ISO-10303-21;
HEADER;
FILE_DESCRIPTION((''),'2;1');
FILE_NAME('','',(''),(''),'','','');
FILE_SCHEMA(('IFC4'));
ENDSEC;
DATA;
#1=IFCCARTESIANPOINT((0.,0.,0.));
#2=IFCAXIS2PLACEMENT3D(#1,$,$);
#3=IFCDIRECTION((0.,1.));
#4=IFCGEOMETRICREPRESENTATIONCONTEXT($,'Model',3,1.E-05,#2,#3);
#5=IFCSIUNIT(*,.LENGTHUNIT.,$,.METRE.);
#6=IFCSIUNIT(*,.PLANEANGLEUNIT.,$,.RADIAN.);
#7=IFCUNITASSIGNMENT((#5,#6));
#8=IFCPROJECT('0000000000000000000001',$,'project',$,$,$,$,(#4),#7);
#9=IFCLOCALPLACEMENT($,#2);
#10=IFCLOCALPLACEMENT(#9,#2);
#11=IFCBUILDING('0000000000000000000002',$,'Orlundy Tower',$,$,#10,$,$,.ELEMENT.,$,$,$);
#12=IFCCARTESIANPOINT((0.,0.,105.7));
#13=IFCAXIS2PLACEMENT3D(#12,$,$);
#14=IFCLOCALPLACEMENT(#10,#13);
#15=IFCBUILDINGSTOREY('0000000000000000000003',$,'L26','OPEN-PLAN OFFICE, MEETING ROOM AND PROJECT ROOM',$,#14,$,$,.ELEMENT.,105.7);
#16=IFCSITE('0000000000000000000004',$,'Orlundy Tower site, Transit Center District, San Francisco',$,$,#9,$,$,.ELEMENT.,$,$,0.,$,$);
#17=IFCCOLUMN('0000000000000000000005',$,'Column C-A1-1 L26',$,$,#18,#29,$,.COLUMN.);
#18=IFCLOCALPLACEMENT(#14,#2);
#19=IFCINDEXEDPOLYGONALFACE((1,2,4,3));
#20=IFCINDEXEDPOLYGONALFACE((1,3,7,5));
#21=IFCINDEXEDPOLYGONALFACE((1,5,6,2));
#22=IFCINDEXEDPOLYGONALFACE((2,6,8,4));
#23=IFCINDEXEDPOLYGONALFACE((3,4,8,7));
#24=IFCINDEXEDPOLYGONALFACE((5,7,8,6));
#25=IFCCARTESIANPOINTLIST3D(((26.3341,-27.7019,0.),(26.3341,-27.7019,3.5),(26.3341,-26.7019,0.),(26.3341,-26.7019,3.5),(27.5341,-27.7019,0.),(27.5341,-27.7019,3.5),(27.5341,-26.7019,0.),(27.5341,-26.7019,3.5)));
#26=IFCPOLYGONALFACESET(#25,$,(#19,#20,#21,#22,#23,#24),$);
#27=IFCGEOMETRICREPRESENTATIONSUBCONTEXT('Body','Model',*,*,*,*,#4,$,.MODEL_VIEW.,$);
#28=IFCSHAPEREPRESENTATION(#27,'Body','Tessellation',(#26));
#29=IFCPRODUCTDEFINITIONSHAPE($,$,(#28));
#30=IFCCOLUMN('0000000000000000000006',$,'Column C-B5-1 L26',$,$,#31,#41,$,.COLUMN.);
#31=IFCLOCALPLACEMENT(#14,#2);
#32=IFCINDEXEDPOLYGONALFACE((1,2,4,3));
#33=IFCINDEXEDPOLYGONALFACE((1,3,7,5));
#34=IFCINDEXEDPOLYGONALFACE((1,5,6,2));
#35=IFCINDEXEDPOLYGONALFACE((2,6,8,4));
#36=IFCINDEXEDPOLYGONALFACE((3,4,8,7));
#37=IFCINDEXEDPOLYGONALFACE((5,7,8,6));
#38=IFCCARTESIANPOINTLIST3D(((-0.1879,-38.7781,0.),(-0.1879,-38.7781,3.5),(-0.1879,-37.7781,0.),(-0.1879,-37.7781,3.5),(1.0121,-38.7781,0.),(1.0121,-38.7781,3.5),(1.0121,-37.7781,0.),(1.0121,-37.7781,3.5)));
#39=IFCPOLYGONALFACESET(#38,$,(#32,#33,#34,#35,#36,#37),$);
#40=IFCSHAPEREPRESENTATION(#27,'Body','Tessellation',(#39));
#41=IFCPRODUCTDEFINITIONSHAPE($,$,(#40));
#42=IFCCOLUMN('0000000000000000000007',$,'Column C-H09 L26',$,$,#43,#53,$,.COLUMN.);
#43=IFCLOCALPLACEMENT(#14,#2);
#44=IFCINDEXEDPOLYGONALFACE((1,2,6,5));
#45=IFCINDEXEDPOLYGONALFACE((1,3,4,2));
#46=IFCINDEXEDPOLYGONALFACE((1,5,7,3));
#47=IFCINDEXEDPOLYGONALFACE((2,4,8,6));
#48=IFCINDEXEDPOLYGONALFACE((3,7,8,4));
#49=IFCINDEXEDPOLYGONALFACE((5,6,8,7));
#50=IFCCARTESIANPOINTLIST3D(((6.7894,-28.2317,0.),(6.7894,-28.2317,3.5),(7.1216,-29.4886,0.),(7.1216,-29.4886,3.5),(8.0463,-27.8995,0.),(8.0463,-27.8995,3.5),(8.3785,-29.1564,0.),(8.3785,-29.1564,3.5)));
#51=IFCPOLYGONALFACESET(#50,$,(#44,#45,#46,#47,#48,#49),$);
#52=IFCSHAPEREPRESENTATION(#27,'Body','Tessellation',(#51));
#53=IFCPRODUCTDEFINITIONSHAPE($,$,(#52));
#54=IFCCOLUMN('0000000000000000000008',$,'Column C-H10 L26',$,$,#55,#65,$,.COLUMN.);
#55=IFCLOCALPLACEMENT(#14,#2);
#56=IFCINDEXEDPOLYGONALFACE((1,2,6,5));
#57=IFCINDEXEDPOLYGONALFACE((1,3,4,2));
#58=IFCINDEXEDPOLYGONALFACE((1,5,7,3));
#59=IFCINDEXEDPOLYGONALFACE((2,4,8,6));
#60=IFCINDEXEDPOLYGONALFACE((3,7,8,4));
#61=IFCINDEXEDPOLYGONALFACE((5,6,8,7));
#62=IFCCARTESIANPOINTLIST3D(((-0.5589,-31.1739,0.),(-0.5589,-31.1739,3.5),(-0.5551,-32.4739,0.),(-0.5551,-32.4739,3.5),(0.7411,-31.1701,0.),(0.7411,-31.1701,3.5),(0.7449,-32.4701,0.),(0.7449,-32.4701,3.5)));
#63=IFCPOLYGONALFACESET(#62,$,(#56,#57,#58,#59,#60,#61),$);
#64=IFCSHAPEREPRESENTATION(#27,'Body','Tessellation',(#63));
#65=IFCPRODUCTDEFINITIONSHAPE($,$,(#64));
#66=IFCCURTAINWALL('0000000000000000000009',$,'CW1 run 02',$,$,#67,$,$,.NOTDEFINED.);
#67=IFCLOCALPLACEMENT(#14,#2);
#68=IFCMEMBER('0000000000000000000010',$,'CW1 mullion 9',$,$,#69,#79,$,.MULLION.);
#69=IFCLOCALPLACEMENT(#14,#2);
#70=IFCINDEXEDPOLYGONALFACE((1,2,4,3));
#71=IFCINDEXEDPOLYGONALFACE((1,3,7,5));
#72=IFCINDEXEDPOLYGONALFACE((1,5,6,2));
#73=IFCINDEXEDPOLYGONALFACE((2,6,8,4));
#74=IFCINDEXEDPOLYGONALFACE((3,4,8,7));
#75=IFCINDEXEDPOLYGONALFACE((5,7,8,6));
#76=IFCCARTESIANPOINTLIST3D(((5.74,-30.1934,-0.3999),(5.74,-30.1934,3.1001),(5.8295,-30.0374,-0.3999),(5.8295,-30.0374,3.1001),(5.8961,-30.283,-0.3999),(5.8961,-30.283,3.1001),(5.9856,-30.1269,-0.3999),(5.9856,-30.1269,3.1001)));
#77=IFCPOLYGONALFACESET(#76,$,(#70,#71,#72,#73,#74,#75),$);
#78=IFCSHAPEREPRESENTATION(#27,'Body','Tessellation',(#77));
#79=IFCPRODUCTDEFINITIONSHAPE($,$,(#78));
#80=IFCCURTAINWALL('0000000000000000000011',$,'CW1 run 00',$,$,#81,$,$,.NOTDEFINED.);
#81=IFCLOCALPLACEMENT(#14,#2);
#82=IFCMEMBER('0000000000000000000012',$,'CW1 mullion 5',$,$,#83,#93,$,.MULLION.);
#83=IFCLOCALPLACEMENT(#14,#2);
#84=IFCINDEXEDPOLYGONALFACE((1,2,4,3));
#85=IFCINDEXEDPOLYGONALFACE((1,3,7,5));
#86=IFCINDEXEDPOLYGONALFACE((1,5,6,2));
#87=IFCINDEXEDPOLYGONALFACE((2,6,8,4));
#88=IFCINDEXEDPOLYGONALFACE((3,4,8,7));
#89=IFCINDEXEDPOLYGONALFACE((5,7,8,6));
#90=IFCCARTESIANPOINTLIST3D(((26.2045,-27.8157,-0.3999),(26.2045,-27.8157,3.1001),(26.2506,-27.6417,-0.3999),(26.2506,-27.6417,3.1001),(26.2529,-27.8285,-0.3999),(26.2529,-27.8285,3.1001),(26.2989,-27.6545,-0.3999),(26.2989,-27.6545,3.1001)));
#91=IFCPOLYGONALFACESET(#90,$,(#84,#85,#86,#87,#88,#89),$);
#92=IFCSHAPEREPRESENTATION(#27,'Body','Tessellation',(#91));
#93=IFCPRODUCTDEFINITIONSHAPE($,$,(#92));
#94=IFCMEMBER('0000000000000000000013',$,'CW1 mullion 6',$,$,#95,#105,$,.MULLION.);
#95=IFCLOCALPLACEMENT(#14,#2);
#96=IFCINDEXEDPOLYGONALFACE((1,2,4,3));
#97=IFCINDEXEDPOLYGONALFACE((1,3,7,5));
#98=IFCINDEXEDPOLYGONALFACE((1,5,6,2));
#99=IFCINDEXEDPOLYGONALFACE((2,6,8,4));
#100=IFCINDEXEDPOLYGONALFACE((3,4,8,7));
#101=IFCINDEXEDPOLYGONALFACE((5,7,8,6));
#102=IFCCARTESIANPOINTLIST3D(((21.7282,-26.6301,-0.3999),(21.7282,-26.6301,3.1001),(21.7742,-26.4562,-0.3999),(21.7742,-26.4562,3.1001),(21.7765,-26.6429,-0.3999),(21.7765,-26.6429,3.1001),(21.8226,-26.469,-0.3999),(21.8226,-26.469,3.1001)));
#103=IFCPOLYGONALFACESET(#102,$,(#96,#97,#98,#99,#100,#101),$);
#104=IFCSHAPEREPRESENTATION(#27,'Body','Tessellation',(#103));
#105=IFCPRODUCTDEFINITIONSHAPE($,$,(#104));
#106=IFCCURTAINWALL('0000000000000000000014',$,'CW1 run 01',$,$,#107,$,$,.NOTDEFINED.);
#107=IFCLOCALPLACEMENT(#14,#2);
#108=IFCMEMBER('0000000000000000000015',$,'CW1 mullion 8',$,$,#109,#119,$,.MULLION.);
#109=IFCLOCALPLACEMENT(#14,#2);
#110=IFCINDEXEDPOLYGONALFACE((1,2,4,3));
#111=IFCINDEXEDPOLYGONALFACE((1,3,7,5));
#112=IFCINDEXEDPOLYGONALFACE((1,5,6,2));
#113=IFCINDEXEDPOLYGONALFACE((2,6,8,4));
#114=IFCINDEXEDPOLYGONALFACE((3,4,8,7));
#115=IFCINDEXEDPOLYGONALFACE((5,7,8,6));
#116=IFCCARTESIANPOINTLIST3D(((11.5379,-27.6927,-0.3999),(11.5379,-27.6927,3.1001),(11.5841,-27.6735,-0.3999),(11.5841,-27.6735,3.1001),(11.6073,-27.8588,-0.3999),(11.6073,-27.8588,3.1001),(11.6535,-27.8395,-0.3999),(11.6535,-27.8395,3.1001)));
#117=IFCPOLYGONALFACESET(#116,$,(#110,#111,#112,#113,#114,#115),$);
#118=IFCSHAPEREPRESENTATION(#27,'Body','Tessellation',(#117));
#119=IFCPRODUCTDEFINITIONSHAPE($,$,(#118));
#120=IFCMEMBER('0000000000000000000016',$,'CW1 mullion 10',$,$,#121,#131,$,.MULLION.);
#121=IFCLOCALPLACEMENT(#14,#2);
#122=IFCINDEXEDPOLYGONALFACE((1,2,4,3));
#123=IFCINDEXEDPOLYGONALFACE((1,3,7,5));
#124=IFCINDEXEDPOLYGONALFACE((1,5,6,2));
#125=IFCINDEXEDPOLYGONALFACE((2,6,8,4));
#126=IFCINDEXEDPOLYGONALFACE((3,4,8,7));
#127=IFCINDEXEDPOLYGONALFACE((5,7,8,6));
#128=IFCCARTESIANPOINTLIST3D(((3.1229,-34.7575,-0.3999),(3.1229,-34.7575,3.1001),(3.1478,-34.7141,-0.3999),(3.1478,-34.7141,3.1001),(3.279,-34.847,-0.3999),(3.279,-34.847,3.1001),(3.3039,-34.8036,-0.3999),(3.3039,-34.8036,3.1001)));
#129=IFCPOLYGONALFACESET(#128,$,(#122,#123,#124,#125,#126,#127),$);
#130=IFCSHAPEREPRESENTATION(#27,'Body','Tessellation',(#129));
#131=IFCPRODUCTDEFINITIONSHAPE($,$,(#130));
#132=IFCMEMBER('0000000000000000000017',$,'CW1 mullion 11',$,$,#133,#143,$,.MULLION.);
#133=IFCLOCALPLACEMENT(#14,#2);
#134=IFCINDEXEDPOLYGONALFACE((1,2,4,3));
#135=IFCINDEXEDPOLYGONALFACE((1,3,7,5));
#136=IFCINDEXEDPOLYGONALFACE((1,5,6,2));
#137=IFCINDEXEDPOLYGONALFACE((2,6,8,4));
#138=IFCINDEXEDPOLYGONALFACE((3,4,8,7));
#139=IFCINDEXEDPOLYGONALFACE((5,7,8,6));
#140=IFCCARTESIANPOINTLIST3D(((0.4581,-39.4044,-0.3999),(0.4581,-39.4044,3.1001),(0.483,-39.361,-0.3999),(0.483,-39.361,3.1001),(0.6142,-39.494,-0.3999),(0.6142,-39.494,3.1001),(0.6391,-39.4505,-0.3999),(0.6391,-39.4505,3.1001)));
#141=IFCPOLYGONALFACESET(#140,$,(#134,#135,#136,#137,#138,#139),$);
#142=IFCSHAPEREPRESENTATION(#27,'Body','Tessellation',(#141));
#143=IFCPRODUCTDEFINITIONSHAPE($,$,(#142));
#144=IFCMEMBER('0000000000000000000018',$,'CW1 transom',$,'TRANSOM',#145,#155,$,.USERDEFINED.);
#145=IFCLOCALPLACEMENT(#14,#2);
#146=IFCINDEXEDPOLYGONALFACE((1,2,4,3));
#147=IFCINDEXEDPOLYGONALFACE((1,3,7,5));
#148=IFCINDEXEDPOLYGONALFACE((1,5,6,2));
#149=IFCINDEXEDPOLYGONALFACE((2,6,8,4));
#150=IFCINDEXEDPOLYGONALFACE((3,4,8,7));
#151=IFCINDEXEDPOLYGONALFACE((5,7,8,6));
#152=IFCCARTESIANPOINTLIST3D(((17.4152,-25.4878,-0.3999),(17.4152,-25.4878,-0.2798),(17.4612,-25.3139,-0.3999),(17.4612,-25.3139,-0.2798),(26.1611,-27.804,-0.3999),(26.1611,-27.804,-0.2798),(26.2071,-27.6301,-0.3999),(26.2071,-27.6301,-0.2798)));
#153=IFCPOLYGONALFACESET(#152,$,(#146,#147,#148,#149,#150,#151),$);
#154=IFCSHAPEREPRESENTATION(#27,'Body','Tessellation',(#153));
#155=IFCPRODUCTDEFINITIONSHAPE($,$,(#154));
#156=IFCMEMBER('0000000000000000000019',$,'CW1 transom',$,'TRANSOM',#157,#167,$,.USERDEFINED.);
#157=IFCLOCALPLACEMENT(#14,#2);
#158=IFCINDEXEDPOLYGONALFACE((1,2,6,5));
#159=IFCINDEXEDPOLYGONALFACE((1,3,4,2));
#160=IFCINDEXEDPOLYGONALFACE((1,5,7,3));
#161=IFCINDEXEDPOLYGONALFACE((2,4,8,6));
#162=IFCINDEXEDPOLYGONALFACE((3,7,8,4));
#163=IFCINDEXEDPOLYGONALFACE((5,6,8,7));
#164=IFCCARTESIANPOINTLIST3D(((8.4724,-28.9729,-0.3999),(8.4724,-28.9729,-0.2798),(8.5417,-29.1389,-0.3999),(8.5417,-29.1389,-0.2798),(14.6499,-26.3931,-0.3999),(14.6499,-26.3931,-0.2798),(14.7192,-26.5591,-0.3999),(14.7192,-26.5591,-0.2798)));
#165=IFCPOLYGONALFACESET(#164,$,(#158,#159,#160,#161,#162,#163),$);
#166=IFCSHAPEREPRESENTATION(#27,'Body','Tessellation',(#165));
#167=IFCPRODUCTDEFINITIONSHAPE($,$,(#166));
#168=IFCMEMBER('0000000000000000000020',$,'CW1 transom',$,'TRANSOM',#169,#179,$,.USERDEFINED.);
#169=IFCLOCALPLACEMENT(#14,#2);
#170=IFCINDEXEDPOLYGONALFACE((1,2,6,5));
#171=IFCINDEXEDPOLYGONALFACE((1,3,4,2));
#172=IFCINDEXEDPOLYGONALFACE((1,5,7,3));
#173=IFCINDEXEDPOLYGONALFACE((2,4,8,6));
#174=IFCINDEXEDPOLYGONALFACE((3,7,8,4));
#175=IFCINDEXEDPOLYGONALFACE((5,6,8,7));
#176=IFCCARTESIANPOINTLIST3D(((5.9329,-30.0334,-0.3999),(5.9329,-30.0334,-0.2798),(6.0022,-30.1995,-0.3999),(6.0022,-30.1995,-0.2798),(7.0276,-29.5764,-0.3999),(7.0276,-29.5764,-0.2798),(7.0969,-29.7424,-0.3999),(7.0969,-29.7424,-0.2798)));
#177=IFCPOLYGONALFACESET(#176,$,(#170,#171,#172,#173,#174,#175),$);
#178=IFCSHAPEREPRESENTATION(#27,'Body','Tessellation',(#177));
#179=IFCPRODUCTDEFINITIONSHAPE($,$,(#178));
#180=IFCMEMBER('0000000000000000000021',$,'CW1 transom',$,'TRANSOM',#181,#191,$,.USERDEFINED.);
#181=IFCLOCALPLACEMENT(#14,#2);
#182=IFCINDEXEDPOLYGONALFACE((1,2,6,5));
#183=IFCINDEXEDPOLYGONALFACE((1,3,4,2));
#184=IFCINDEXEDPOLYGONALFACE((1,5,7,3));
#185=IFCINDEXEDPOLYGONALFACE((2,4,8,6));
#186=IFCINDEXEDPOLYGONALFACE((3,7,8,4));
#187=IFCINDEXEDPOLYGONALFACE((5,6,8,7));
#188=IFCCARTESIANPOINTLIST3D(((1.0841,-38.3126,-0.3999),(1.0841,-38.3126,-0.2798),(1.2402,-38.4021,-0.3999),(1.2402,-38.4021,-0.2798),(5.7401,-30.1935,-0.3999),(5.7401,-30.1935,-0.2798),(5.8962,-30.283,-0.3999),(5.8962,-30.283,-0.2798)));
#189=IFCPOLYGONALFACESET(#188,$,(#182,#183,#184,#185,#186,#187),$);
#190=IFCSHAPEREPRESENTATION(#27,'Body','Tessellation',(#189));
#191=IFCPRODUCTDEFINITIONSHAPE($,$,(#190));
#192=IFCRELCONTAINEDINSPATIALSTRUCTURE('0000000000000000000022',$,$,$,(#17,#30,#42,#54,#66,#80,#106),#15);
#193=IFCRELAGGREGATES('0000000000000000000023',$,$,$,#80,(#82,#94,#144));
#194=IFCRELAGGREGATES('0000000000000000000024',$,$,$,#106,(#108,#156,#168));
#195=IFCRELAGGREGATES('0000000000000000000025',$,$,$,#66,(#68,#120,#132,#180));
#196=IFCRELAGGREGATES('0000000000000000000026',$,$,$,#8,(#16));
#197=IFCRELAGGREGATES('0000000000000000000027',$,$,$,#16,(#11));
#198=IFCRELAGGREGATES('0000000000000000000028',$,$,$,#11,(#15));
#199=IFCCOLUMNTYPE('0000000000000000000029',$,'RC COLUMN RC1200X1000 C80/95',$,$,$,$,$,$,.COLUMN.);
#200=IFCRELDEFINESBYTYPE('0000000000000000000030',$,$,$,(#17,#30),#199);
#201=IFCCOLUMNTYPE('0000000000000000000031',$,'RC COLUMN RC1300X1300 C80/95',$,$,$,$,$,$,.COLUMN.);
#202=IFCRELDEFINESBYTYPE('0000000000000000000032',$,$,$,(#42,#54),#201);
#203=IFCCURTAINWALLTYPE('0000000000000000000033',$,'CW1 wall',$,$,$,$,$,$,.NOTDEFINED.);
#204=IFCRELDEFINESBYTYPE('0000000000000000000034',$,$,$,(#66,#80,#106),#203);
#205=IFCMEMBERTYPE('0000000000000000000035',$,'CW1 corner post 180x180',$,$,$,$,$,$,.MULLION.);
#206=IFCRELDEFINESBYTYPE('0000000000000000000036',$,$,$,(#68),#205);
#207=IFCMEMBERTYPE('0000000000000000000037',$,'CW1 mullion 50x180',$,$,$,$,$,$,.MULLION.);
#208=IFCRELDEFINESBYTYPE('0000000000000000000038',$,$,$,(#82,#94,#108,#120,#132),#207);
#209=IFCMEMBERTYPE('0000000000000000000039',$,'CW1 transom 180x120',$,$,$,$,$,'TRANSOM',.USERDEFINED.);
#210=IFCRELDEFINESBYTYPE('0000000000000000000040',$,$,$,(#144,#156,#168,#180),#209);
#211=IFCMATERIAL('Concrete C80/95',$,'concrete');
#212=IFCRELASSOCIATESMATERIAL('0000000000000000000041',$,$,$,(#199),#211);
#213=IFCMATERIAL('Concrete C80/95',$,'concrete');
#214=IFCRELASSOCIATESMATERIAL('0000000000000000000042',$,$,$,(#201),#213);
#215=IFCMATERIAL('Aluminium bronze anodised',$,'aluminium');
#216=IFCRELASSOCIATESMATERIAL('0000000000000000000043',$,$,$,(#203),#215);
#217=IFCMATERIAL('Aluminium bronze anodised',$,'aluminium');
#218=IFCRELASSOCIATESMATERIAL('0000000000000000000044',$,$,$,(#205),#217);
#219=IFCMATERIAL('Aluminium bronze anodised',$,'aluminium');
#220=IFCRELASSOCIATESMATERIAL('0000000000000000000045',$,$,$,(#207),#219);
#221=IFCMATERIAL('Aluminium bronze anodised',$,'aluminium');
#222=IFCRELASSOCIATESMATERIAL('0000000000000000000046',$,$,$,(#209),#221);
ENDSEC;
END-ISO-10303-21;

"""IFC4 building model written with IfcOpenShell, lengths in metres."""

from ifc_helpers import new_model, si_unit, direction, frame, origin, origin_2d, place, context, subcontext, project, spatial, rectangle, extrude, material, material_profile, profile_set, type_object, element, aggregate, save


model = new_model("IFC4")

# Units and contexts
model_context = context("Model", 3, precision=1e-05, world=origin(), true_north=direction((0.0, 1.0)))
body_context = subcontext(model_context, "Body", "Model", "MODEL_VIEW")
ifc_project = project(units=[si_unit("LENGTHUNIT", "METRE"), si_unit("PLANEANGLEUNIT", "RADIAN")], contexts=[model_context])

# Site, building, storey
site_placement = place(None, origin())
site = spatial("IfcSite", under=ifc_project, at=site_placement, Name="Orlundy Tower site, Transit Center District, San Francisco", CompositionType="ELEMENT", RefElevation=0.0)
building_placement = place(site_placement, origin())
building = spatial("IfcBuilding", under=site, at=building_placement, Name="Orlundy Tower", CompositionType="ELEMENT")
storey_placement = place(building_placement, frame((0.0, 0.0, 105.7)))
storey = spatial("IfcBuildingStorey", under=building, at=storey_placement, Name="L26", Description="OPEN-PLAN OFFICE, MEETING ROOM AND PROJECT ROOM", CompositionType="ELEMENT", Elevation=105.7)

# Columns
ifc_material_1 = material(Name="Concrete C80/95", Category="concrete")
ifc_material_profile_1 = material_profile(ifc_material_1, rectangle(XDim=1.2, YDim=1.0, at=origin_2d()), Name="RC1200X1000")
ifc_profile_set_1 = profile_set([ifc_material_profile_1], Name="Concrete C80/95")
column_type_1 = type_object("IfcColumnType", Name="RC COLUMN RC1200X1000 C80/95", PredefinedType="COLUMN", material=ifc_profile_set_1)
for number, where, z_axis, x_axis, name in (
    (1, (26.9341, -27.2019, 0.0), (0.0, 0.0, 1.0), (1.0, 0.0, 0.0), "Column C-A1-1 L26"),
    (2, (0.4121, -38.2781, 0.0), (0.0, 0.0, 1.0), (1.0, 0.0, 0.0), "Column C-B5-1 L26"),
):
    element("IfcColumn", number, at=place(storey_placement, frame(where, z_axis=z_axis, x_axis=x_axis)), inside=storey, type_object=column_type_1, Name=name, PredefinedType="COLUMN", context=body_context, shape_type="SweptSolid", body=[
        extrude(rectangle(XDim=1.2, YDim=1.0, at=origin_2d()), origin(), (0.0, 0.0, 1.0), 3.5),
    ])
ifc_material_2 = material(Name="Concrete C80/95", Category="concrete")
ifc_material_profile_2 = material_profile(ifc_material_2, rectangle(XDim=1.3, YDim=1.3, at=origin_2d()), Name="RC1300X1300")
ifc_profile_set_2 = profile_set([ifc_material_profile_2], Name="Concrete C80/95")
column_type_2 = type_object("IfcColumnType", Name="RC COLUMN RC1300X1300 C80/95", PredefinedType="COLUMN", material=ifc_profile_set_2)
for number, where, z_axis, x_axis, name in (
    (3, (7.584, -28.6941, 0.0), (0.0, 0.0, 1.0), (0.25553, -0.966801, 0.0), "Column C-H09 L26"),
    (4, (0.093, -31.822, 0.0), (0.0, 0.0, 1.0), (0.002915, -0.999996, 0.0), "Column C-H10 L26"),
):
    element("IfcColumn", number, at=place(storey_placement, frame(where, z_axis=z_axis, x_axis=x_axis)), inside=storey, type_object=column_type_2, Name=name, PredefinedType="COLUMN", context=body_context, shape_type="SweptSolid", body=[
        extrude(rectangle(XDim=1.3, YDim=1.3, at=origin_2d()), origin(), (0.0, 0.0, 1.0), 3.5),
    ])

# Curtain wall, member
ifc_material_3 = material(Name="Aluminium bronze anodised", Category="aluminium")
curtain_wall_type = type_object("IfcCurtainWallType", Name="CW1 wall", PredefinedType="NOTDEFINED", material=ifc_material_3)
curtain_wall_1_placement = place(storey_placement, origin())
curtain_wall_1 = element("IfcCurtainWall", 5, at=curtain_wall_1_placement, inside=storey, type_object=curtain_wall_type, Name="CW1 run 02", PredefinedType="NOTDEFINED")
ifc_material_4 = material(Name="Aluminium bronze anodised", Category="aluminium")
ifc_material_profile_3 = material_profile(ifc_material_4, rectangle(XDim=0.1799, YDim=0.1799, at=origin_2d()), Name="CW1 corner post 180x180")
ifc_profile_set_3 = profile_set([ifc_material_profile_3], Name="Aluminium bronze anodised")
member_type_1 = type_object("IfcMemberType", Name="CW1 corner post 180x180", PredefinedType="MULLION", material=ifc_profile_set_3)
member_1_placement = place(storey_placement, frame((5.8628, -30.1602, -0.3999), z_axis=(0.0, 0.0, 1.0), x_axis=(0.867479, -0.497473, 0.0)))
member_1 = element("IfcMember", 6, at=member_1_placement, type_object=member_type_1, Name="CW1 mullion 9", PredefinedType="MULLION", context=body_context, shape_type="SweptSolid", body=[
    extrude(rectangle(XDim=0.1799, YDim=0.1799, at=origin_2d()), origin(), (0.0, 0.0, 1.0), 3.5),
])

# Curtain wall, members
curtain_wall_2_placement = place(storey_placement, origin())
curtain_wall_2 = element("IfcCurtainWall", 7, at=curtain_wall_2_placement, inside=storey, type_object=curtain_wall_type, Name="CW1 run 00", PredefinedType="NOTDEFINED")
ifc_material_5 = material(Name="Aluminium bronze anodised", Category="aluminium")
ifc_material_profile_4 = material_profile(ifc_material_5, rectangle(XDim=0.1799, YDim=0.05, at=origin_2d()), Name="CW1 mullion 50x180")
ifc_profile_set_4 = profile_set([ifc_material_profile_4], Name="Aluminium bronze anodised")
member_type_2 = type_object("IfcMemberType", Name="CW1 mullion 50x180", PredefinedType="MULLION", material=ifc_profile_set_4)
member_2_placement = place(storey_placement, frame((26.2517, -27.7351, -0.3999), z_axis=(0.0, 0.0, 1.0), x_axis=(-0.256011, -0.966674, 0.0)))
member_2 = element("IfcMember", 8, at=member_2_placement, type_object=member_type_2, Name="CW1 mullion 5", PredefinedType="MULLION", context=body_context, shape_type="SweptSolid", body=[
    extrude(rectangle(XDim=0.1799, YDim=0.05, at=origin_2d()), origin(), (0.0, 0.0, 1.0), 3.5),
])
member_3_placement = place(storey_placement, frame((21.7754, -26.5496, -0.3999), z_axis=(0.0, 0.0, 1.0), x_axis=(-0.256011, -0.966674, 0.0)))
member_3 = element("IfcMember", 9, at=member_3_placement, type_object=member_type_2, Name="CW1 mullion 6", PredefinedType="MULLION", context=body_context, shape_type="SweptSolid", body=[
    extrude(rectangle(XDim=0.1799, YDim=0.05, at=origin_2d()), origin(), (0.0, 0.0, 1.0), 3.5),
])

# Curtain wall, member
curtain_wall_3_placement = place(storey_placement, origin())
curtain_wall_3 = element("IfcCurtainWall", 10, at=curtain_wall_3_placement, inside=storey, type_object=curtain_wall_type, Name="CW1 run 01", PredefinedType="NOTDEFINED")
member_4_placement = place(storey_placement, frame((11.5957, -27.7661, -0.3999), z_axis=(0.0, 0.0, 1.0), x_axis=(0.385377, -0.922759, 0.0)))
member_4 = element("IfcMember", 11, at=member_4_placement, type_object=member_type_2, Name="CW1 mullion 8", PredefinedType="MULLION", context=body_context, shape_type="SweptSolid", body=[
    extrude(rectangle(XDim=0.1799, YDim=0.05, at=origin_2d()), origin(), (0.0, 0.0, 1.0), 3.5),
])

# Members
member_5_placement = place(storey_placement, frame((3.2134, -34.7805, -0.3999), z_axis=(0.0, 0.0, 1.0), x_axis=(0.867479, -0.497473, 0.0)))
member_5 = element("IfcMember", 12, at=member_5_placement, type_object=member_type_2, Name="CW1 mullion 10", PredefinedType="MULLION", context=body_context, shape_type="SweptSolid", body=[
    extrude(rectangle(XDim=0.1799, YDim=0.05, at=origin_2d()), origin(), (0.0, 0.0, 1.0), 3.5),
])
member_6_placement = place(storey_placement, frame((0.5486, -39.4275, -0.3999), z_axis=(0.0, 0.0, 1.0), x_axis=(0.867479, -0.497473, 0.0)))
member_6 = element("IfcMember", 13, at=member_6_placement, type_object=member_type_2, Name="CW1 mullion 11", PredefinedType="MULLION", context=body_context, shape_type="SweptSolid", body=[
    extrude(rectangle(XDim=0.1799, YDim=0.05, at=origin_2d()), origin(), (0.0, 0.0, 1.0), 3.5),
])
ifc_material_6 = material(Name="Aluminium bronze anodised", Category="aluminium")
ifc_material_profile_5 = material_profile(ifc_material_6, rectangle(XDim=0.1799, YDim=0.1201, at=origin_2d()), Name="CW1 transom 180x120")
ifc_profile_set_5 = profile_set([ifc_material_profile_5], Name="Aluminium bronze anodised")
member_type_3 = type_object("IfcMemberType", Name="CW1 transom 180x120", ElementType="TRANSOM", PredefinedType="USERDEFINED", material=ifc_profile_set_5)
member_7_placement = place(storey_placement, frame((26.1841, -27.717, -0.3398), z_axis=(-0.966676, 0.256005, 0.0), x_axis=(-0.256005, -0.966676, 0.0)))
member_7 = element("IfcMember", 14, at=member_7_placement, type_object=member_type_3, Name="CW1 transom", ObjectType="TRANSOM", PredefinedType="USERDEFINED", context=body_context, shape_type="SweptSolid", body=[
    extrude(rectangle(XDim=0.1799, YDim=0.1201, at=origin_2d()), origin(), (0.0, 0.0, 1.0), 9.0474),
])
member_8_placement = place(storey_placement, frame((14.6846, -26.4761, -0.3398), z_axis=(-0.922765, -0.385364, 0.0), x_axis=(0.385364, -0.922765, 0.0)))
member_8 = element("IfcMember", 15, at=member_8_placement, type_object=member_type_3, Name="CW1 transom", ObjectType="TRANSOM", PredefinedType="USERDEFINED", context=body_context, shape_type="SweptSolid", body=[
    extrude(rectangle(XDim=0.1799, YDim=0.1201, at=origin_2d()), origin(), (0.0, 0.0, 1.0), 6.6946),
])
member_9_placement = place(storey_placement, frame((7.0623, -29.6594, -0.3398), z_axis=(-0.922809, -0.385258, 0.0), x_axis=(0.385258, -0.922809, 0.0)))
member_9 = element("IfcMember", 16, at=member_9_placement, type_object=member_type_3, Name="CW1 transom", ObjectType="TRANSOM", PredefinedType="USERDEFINED", context=body_context, shape_type="SweptSolid", body=[
    extrude(rectangle(XDim=0.1799, YDim=0.1201, at=origin_2d()), origin(), (0.0, 0.0, 1.0), 1.1863),
])
member_10_placement = place(storey_placement, frame((5.8181, -30.2383, -0.3398), z_axis=(-0.497467, -0.867483, 0.0), x_axis=(0.867483, -0.497467, 0.0)))
member_10 = element("IfcMember", 17, at=member_10_placement, type_object=member_type_3, Name="CW1 transom", ObjectType="TRANSOM", PredefinedType="USERDEFINED", context=body_context, shape_type="SweptSolid", body=[
    extrude(rectangle(XDim=0.1799, YDim=0.1201, at=origin_2d()), origin(), (0.0, 0.0, 1.0), 9.3594),
])

aggregate(curtain_wall_2, [member_2, member_3, member_7])
aggregate(curtain_wall_3, [member_4, member_8, member_9])
aggregate(curtain_wall_1, [member_1, member_5, member_6, member_10])

save(model, "model.ifc")
